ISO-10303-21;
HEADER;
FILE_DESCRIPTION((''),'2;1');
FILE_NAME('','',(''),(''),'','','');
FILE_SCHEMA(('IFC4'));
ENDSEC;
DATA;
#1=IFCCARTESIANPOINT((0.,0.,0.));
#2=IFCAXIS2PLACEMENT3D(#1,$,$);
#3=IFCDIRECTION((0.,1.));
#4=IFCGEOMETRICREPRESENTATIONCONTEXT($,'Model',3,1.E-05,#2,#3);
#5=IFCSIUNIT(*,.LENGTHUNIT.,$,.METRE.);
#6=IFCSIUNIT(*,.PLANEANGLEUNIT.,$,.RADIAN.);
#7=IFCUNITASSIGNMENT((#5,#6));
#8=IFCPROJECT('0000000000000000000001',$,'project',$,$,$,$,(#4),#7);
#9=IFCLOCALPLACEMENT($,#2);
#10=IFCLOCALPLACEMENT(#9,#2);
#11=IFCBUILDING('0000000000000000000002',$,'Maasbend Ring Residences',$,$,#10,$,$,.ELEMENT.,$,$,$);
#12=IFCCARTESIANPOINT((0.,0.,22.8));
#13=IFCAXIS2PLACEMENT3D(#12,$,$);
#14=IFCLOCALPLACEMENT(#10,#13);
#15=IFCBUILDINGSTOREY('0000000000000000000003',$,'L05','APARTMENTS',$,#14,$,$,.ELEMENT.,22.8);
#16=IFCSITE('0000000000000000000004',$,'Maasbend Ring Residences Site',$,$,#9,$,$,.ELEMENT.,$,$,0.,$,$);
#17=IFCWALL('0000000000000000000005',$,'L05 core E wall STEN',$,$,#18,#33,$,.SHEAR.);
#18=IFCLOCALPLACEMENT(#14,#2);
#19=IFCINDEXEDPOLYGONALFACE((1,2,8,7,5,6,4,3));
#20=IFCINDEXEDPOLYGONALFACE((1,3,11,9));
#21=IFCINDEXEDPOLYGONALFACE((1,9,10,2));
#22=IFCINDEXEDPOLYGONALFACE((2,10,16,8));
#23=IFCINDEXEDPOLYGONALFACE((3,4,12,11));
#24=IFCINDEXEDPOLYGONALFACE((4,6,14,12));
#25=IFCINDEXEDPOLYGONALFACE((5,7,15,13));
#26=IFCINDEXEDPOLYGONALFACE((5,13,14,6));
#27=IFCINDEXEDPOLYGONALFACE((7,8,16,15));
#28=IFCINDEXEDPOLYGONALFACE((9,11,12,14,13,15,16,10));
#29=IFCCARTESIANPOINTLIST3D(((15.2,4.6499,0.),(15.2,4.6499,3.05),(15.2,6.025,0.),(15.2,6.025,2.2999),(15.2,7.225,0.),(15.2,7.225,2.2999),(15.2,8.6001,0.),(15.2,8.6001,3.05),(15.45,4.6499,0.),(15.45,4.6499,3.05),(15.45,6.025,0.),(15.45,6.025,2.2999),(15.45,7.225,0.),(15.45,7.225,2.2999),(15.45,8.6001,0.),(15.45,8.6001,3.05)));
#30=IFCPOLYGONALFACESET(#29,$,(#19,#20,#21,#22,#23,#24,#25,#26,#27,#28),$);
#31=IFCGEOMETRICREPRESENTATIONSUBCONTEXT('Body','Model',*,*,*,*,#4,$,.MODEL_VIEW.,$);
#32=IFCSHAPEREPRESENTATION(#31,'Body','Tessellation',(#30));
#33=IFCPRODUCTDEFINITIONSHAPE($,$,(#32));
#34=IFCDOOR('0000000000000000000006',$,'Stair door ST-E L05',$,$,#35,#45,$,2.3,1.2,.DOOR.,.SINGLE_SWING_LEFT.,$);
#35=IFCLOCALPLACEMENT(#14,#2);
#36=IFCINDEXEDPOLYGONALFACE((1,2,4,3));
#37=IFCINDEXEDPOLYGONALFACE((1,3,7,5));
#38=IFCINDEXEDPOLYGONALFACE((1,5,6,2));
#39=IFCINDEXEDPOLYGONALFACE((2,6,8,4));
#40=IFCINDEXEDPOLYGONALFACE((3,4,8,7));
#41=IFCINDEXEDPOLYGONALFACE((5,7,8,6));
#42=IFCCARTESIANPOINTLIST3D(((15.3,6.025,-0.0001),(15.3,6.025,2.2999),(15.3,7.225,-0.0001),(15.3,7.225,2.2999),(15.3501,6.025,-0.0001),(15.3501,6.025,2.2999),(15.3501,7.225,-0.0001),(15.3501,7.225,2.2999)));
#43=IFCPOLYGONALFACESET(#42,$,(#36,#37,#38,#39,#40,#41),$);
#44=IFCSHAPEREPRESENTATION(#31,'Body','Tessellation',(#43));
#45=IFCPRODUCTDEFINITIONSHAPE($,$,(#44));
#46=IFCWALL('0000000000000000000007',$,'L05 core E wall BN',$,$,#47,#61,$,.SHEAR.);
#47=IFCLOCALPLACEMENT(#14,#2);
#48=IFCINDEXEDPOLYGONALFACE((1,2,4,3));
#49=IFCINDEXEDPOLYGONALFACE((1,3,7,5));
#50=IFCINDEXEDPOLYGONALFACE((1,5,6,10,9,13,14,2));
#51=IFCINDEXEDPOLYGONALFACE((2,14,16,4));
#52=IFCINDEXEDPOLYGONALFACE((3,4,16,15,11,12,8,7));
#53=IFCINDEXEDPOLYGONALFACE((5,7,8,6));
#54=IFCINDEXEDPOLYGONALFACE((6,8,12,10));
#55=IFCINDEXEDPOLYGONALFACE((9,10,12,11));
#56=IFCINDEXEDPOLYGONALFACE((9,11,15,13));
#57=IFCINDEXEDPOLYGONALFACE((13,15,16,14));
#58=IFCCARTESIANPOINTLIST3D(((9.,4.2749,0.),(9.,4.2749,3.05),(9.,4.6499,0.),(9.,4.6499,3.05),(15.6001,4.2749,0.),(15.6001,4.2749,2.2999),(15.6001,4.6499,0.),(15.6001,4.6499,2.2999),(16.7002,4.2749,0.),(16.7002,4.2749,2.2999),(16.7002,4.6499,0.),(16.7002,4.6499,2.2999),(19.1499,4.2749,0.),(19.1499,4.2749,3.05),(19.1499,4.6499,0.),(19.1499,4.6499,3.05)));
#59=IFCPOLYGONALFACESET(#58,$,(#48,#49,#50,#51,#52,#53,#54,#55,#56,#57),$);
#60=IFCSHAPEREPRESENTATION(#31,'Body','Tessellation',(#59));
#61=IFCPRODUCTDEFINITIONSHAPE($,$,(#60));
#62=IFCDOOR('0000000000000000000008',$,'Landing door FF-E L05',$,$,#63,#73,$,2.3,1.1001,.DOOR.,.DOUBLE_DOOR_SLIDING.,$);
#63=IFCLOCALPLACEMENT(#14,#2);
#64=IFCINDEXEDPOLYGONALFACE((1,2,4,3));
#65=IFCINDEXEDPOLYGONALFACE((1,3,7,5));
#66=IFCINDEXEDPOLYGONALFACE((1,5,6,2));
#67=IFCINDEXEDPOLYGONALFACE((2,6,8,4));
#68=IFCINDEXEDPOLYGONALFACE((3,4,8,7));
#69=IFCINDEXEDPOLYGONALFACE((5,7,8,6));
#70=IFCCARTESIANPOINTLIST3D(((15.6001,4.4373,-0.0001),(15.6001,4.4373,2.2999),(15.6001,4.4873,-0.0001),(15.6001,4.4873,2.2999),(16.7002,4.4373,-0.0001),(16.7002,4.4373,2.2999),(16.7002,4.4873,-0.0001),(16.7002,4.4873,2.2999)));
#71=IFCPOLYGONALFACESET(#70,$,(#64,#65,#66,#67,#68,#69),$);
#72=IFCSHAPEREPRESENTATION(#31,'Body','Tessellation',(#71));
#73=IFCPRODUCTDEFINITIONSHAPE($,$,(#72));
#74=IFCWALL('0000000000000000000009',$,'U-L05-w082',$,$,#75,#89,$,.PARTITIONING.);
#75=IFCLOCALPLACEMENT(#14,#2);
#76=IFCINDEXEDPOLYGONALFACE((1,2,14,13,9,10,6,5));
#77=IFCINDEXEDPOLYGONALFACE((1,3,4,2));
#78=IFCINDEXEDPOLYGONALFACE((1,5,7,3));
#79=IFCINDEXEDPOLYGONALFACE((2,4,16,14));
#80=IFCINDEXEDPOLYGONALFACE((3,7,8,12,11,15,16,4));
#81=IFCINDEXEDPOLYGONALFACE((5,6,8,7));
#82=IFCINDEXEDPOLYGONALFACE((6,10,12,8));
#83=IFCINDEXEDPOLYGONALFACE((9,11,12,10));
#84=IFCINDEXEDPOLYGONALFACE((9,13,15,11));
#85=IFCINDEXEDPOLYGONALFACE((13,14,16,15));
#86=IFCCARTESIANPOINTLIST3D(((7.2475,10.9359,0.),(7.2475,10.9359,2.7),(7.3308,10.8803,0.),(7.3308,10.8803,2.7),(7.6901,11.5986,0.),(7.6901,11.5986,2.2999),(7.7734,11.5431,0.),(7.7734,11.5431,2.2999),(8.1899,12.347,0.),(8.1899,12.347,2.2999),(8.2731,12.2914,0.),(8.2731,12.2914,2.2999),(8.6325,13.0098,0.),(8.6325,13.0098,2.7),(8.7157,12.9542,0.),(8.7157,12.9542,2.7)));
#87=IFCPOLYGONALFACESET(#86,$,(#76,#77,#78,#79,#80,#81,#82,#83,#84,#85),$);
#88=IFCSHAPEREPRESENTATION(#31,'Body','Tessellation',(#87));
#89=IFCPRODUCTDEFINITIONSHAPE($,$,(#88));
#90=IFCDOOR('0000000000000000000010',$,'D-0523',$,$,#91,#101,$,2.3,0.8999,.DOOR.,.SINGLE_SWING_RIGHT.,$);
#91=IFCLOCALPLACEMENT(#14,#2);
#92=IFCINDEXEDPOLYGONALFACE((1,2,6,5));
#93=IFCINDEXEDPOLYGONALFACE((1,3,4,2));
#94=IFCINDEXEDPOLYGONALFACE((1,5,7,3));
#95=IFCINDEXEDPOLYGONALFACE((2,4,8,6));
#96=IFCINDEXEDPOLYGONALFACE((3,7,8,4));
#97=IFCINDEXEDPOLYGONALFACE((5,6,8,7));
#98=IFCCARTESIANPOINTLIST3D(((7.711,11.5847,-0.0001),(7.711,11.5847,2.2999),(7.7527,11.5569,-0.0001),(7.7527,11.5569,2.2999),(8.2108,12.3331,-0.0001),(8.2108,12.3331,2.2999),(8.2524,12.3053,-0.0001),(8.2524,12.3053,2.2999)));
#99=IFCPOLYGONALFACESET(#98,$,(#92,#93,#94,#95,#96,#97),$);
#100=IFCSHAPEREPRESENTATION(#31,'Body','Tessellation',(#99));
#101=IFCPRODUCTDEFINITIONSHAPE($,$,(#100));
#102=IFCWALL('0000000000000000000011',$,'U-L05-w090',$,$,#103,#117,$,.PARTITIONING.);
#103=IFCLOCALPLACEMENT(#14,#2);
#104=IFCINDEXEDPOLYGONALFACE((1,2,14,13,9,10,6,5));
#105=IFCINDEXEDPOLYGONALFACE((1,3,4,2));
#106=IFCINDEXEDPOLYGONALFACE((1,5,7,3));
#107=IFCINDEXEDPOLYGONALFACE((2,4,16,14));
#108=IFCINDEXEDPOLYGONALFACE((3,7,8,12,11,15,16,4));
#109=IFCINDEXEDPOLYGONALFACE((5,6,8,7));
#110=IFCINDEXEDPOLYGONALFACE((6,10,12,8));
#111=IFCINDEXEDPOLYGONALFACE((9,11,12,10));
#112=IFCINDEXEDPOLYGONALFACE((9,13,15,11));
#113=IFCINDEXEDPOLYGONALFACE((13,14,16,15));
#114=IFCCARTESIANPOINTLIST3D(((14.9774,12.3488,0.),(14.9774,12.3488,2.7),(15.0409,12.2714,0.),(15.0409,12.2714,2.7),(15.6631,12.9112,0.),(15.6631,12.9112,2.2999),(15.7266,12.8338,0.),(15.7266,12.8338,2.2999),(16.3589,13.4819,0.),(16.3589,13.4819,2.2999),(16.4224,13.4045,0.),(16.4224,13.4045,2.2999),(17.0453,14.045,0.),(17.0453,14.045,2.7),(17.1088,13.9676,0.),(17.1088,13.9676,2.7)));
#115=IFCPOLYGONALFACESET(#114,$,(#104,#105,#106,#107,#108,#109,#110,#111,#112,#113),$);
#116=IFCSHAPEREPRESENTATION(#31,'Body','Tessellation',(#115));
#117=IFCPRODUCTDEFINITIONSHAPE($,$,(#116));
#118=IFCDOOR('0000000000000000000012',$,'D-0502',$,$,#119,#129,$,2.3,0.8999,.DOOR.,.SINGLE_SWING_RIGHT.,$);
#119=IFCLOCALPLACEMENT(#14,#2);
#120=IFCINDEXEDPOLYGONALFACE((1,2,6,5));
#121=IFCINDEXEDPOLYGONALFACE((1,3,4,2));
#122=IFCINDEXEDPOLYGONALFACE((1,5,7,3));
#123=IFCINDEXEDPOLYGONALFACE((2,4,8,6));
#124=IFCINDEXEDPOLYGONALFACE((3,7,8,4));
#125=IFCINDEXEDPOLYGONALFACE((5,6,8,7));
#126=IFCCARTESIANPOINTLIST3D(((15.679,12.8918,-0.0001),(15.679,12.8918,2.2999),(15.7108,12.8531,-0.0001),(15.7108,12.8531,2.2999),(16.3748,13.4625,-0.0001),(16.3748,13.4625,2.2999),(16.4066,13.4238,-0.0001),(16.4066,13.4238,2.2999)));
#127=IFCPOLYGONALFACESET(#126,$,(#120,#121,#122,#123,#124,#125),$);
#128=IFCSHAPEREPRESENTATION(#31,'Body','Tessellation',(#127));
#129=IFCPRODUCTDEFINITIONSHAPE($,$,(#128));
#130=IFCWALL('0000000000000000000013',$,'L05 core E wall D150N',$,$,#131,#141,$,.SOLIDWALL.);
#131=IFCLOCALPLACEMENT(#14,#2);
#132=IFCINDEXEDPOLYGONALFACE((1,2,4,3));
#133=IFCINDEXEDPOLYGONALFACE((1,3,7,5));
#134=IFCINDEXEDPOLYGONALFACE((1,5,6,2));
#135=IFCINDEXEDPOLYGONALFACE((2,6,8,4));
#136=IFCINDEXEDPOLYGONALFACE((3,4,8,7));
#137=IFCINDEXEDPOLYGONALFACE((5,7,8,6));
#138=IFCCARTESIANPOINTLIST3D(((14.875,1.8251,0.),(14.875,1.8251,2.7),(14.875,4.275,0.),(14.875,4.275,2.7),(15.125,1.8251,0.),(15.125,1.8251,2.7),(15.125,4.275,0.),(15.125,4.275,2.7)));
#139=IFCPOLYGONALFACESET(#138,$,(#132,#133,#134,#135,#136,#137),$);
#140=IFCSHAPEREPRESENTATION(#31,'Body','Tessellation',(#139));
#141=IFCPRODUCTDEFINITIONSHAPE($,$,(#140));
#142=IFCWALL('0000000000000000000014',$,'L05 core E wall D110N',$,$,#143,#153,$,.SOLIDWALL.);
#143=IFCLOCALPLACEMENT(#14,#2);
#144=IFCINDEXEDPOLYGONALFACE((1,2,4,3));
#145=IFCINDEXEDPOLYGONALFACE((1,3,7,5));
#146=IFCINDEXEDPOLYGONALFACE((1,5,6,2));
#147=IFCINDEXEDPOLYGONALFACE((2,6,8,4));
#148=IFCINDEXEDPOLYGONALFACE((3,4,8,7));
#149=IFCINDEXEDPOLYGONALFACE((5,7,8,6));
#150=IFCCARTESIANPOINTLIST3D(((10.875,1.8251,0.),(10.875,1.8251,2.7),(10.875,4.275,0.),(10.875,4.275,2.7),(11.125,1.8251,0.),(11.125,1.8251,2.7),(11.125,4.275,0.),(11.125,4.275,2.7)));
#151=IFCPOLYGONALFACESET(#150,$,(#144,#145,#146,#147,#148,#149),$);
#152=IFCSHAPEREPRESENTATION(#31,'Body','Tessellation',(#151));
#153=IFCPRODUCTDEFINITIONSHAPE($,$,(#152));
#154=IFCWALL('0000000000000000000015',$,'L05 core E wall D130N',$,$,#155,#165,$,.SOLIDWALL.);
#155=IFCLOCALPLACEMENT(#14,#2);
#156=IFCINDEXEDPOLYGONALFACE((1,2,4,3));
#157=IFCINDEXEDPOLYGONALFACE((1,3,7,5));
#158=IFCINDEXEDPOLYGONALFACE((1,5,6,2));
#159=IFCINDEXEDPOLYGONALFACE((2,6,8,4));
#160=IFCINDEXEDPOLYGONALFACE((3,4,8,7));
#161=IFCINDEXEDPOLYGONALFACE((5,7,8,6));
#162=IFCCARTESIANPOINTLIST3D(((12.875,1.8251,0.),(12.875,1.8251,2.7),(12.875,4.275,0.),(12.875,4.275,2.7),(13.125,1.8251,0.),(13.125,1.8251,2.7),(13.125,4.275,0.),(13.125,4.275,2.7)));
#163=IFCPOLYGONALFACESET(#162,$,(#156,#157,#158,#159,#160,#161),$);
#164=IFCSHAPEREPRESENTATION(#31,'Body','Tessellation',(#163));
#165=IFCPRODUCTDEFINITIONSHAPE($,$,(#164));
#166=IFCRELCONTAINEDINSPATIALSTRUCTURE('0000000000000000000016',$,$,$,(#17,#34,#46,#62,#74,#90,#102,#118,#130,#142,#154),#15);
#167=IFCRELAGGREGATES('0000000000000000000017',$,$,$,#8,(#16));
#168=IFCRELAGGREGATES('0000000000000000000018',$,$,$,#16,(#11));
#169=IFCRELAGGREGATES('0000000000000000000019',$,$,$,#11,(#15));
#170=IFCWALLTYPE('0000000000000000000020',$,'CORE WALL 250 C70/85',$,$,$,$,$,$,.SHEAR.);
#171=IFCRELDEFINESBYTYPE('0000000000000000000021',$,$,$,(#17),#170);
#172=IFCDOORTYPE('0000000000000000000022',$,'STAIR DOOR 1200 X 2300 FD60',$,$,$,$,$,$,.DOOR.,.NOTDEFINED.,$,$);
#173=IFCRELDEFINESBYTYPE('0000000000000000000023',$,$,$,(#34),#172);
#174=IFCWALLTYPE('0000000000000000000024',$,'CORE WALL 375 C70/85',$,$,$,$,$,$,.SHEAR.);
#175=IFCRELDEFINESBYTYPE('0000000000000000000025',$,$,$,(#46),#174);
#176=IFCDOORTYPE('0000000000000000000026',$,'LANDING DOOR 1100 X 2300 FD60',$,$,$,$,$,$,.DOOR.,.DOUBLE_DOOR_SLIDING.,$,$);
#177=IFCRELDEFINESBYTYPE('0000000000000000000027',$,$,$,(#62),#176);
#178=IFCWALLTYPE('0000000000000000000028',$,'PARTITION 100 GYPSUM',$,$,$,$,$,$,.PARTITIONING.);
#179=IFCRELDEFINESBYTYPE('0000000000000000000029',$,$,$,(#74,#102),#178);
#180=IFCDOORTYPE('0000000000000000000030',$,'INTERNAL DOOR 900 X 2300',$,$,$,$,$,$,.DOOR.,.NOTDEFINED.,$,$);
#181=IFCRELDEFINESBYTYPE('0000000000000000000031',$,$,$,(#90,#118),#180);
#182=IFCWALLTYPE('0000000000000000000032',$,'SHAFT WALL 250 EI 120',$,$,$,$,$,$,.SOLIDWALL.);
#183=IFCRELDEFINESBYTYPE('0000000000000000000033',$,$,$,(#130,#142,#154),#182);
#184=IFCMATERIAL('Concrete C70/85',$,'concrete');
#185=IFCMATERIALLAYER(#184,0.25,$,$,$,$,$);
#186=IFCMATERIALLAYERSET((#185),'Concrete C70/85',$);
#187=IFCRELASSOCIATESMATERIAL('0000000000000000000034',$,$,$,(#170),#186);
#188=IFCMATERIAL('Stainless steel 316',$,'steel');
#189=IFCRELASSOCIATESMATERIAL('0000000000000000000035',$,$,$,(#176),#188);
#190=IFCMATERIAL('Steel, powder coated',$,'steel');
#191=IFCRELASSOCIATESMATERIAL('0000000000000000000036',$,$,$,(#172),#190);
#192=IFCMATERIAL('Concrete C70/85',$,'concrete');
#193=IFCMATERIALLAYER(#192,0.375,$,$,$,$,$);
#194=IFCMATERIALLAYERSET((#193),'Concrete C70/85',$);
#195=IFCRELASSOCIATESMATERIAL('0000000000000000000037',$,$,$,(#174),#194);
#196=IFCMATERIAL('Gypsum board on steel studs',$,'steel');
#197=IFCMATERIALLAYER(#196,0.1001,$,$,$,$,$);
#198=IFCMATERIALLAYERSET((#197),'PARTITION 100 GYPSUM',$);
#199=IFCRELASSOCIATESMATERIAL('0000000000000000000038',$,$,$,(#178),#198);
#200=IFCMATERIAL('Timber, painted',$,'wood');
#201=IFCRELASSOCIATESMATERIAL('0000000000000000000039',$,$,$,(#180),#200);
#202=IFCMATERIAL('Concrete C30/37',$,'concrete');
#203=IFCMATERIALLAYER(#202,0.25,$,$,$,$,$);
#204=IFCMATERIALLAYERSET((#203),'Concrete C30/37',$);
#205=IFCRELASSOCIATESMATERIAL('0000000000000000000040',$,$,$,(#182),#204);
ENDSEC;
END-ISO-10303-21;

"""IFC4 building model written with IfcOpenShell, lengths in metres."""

from ifc_helpers import new_model, si_unit, direction, frame, frame_2d, origin, place, context, subcontext, project, spatial, rectangle, extrude, material, layer, layer_set, type_object, element, fill, save


model = new_model("IFC4")

# Units and contexts
model_context = context("Model", 3, precision=1e-05, world=origin(), true_north=direction((0.0, 1.0)))
body_context = subcontext(model_context, "Body", "Model", "MODEL_VIEW")
ifc_project = project(units=[si_unit("LENGTHUNIT", "METRE"), si_unit("PLANEANGLEUNIT", "RADIAN")], contexts=[model_context])

# Site, building, storey
site_placement = place(None, origin())
site = spatial("IfcSite", under=ifc_project, at=site_placement, Name="Maasbend Ring Residences Site", CompositionType="ELEMENT", RefElevation=0.0)
building_placement = place(site_placement, origin())
building = spatial("IfcBuilding", under=site, at=building_placement, Name="Maasbend Ring Residences", CompositionType="ELEMENT")
storey_placement = place(building_placement, frame((0.0, 0.0, 22.8)))
storey = spatial("IfcBuildingStorey", under=building, at=storey_placement, Name="L05", Description="APARTMENTS", CompositionType="ELEMENT", Elevation=22.8)

# Shared definitions
ifc_material_1 = material(Name="Concrete C70/85", Category="concrete")
ifc_layer_1 = layer(ifc_material_1, 0.25)
ifc_layer_set_1 = layer_set([ifc_layer_1], Name="Concrete C70/85")
wall_type_1 = type_object("IfcWallType", Name="CORE WALL 250 C70/85", PredefinedType="SHEAR", material=ifc_layer_set_1)
ifc_material_2 = material(Name="Stainless steel 316", Category="steel")
door_type_1 = type_object("IfcDoorType", Name="LANDING DOOR 1100 X 2300 FD60", OperationType="DOUBLE_DOOR_SLIDING", PredefinedType="DOOR", material=ifc_material_2)

# Walls, openings, doors
wall_1_placement = place(storey_placement, frame((15.325, 4.6499, 0.0), z_axis=(0.0, 0.0, 1.0), x_axis=(0.0, 1.0, 0.0)))
wall_1 = element("IfcWall", 1, at=wall_1_placement, inside=storey, type_object=wall_type_1, Name="L05 core E wall STEN", PredefinedType="SHEAR", context=body_context, shape_type="SweptSolid", body=[
    extrude(rectangle(XDim=3.9502, YDim=0.25, at=frame_2d((1.9751, 0.0))), origin(), (0.0, 0.0, 1.0), 3.05),
])
opening_1_placement = place(wall_1_placement, frame((1.375, 0.0, 0.0)))
opening_1 = element("IfcOpeningElement", 2, at=opening_1_placement, cuts=wall_1, PredefinedType="OPENING", context=body_context, shape_type="SweptSolid", body=[
    extrude(rectangle(XDim=1.2, YDim=2.3, at=frame_2d((0.6001, 1.1499))), frame((0.0, 0.135, 0.0), z_axis=(0.0, -1.0, 0.0), x_axis=(1.0, 0.0, 0.0)), (0.0, 0.0, 1.0), 0.27),
])
ifc_material_3 = material(Name="Steel, powder coated", Category="steel")
door_type_2 = type_object("IfcDoorType", Name="STAIR DOOR 1200 X 2300 FD60", OperationType="NOTDEFINED", PredefinedType="DOOR", material=ifc_material_3)
door_1_placement = place(opening_1_placement, origin())
door_1 = element("IfcDoor", 3, at=door_1_placement, inside=storey, type_object=door_type_2, Name="Stair door ST-E L05", OperationType="SINGLE_SWING_LEFT", OverallHeight=2.3, OverallWidth=1.2, PredefinedType="DOOR", context=body_context, shape_type="SweptSolid", body=[
    extrude(rectangle(XDim=1.2, YDim=2.3, at=frame_2d((0.6001, 1.1499))), frame((0.0, 0.0249, 0.0), z_axis=(0.0, -1.0, 0.0), x_axis=(1.0, 0.0, 0.0)), (0.0, 0.0, 1.0), 0.05),
])
fill(opening_1, door_1)
ifc_material_4 = material(Name="Concrete C70/85", Category="concrete")
ifc_layer_2 = layer(ifc_material_4, 0.375)
ifc_layer_set_2 = layer_set([ifc_layer_2], Name="Concrete C70/85")
wall_type_2 = type_object("IfcWallType", Name="CORE WALL 375 C70/85", PredefinedType="SHEAR", material=ifc_layer_set_2)
wall_2_placement = place(storey_placement, frame((9.0, 4.4624, 0.0), z_axis=(0.0, 0.0, 1.0), x_axis=(1.0, 0.0, 0.0)))
wall_2 = element("IfcWall", 4, at=wall_2_placement, inside=storey, type_object=wall_type_2, Name="L05 core E wall BN", PredefinedType="SHEAR", context=body_context, shape_type="SweptSolid", body=[
    extrude(rectangle(XDim=10.1499, YDim=0.375, at=frame_2d((5.075, 0.0))), origin(), (0.0, 0.0, 1.0), 3.05),
])
opening_2_placement = place(wall_2_placement, frame((6.6001, 0.0, 0.0)))
opening_2 = element("IfcOpeningElement", 5, at=opening_2_placement, cuts=wall_2, PredefinedType="OPENING", context=body_context, shape_type="SweptSolid", body=[
    extrude(rectangle(XDim=1.1001, YDim=2.3, at=frame_2d((0.55, 1.1499))), frame((0.0, 0.1975, 0.0), z_axis=(0.0, -1.0, 0.0), x_axis=(1.0, 0.0, 0.0)), (0.0, 0.0, 1.0), 0.395),
])
door_2_placement = place(opening_2_placement, origin())
door_2 = element("IfcDoor", 6, at=door_2_placement, inside=storey, type_object=door_type_1, Name="Landing door FF-E L05", OperationType="DOUBLE_DOOR_SLIDING", OverallHeight=2.3, OverallWidth=1.1001, PredefinedType="DOOR", context=body_context, shape_type="SweptSolid", body=[
    extrude(rectangle(XDim=1.1001, YDim=2.3, at=frame_2d((0.55, 1.1499))), frame((0.0, 0.0249, 0.0), z_axis=(0.0, -1.0, 0.0), x_axis=(1.0, 0.0, 0.0)), (0.0, 0.0, 1.0), 0.05),
])
fill(opening_2, door_2)
ifc_material_5 = material(Name="Gypsum board on steel studs", Category="steel")
ifc_layer_3 = layer(ifc_material_5, 0.1001)
ifc_layer_set_3 = layer_set([ifc_layer_3], Name="PARTITION 100 GYPSUM")
wall_type_3 = type_object("IfcWallType", Name="PARTITION 100 GYPSUM", PredefinedType="PARTITIONING", material=ifc_layer_set_3)
wall_3_placement = place(storey_placement, frame((7.2891, 10.908, 0.0), z_axis=(0.0, 0.0, 1.0), x_axis=(0.555355, 0.831613, 0.0)))
wall_3 = element("IfcWall", 7, at=wall_3_placement, inside=storey, type_object=wall_type_3, Name="U-L05-w082", PredefinedType="PARTITIONING", context=body_context, shape_type="SweptSolid", body=[
    extrude(rectangle(XDim=2.4939, YDim=0.1001, at=frame_2d((1.2471, 0.0))), origin(), (0.0, 0.0, 1.0), 2.7),
])
opening_3_placement = place(wall_3_placement, frame((0.7971, 0.0, 0.0)))
opening_3 = element("IfcOpeningElement", 8, at=opening_3_placement, cuts=wall_3, PredefinedType="OPENING", context=body_context, shape_type="SweptSolid", body=[
    extrude(rectangle(XDim=0.8999, YDim=2.3, at=frame_2d((0.45, 1.1499))), frame((0.0, 0.0601, 0.0), z_axis=(0.0, -1.0, 0.0), x_axis=(1.0, 0.0, 0.0)), (0.0, 0.0, 1.0), 0.1201),
])
ifc_material_6 = material(Name="Timber, painted", Category="wood")
door_type_3 = type_object("IfcDoorType", Name="INTERNAL DOOR 900 X 2300", OperationType="NOTDEFINED", PredefinedType="DOOR", material=ifc_material_6)
door_3_placement = place(opening_3_placement, origin())
door_3 = element("IfcDoor", 9, at=door_3_placement, inside=storey, type_object=door_type_3, Name="D-0523", OperationType="SINGLE_SWING_RIGHT", OverallHeight=2.3, OverallWidth=0.8999, PredefinedType="DOOR", context=body_context, shape_type="SweptSolid", body=[
    extrude(rectangle(XDim=0.8999, YDim=2.3, at=frame_2d((0.45, 1.1499))), frame((0.0, 0.0249, 0.0), z_axis=(0.0, -1.0, 0.0), x_axis=(1.0, 0.0, 0.0)), (0.0, 0.0, 1.0), 0.05),
])
fill(opening_3, door_3)
wall_4_placement = place(storey_placement, frame((15.009, 12.3101, 0.0), z_axis=(0.0, 0.0, 1.0), x_axis=(0.773196, 0.634167, 0.0)))
wall_4 = element("IfcWall", 10, at=wall_4_placement, inside=storey, type_object=wall_type_3, Name="U-L05-w090", PredefinedType="PARTITIONING", context=body_context, shape_type="SweptSolid", body=[
    extrude(rectangle(XDim=2.6746, YDim=0.1001, at=frame_2d((1.3374, 0.0))), origin(), (0.0, 0.0, 1.0), 2.7),
])
opening_4_placement = place(wall_4_placement, frame((0.887, 0.0, 0.0)))
opening_4 = element("IfcOpeningElement", 11, at=opening_4_placement, cuts=wall_4, PredefinedType="OPENING", context=body_context, shape_type="SweptSolid", body=[
    extrude(rectangle(XDim=0.8999, YDim=2.3, at=frame_2d((0.45, 1.1499))), frame((0.0, 0.0601, 0.0), z_axis=(0.0, -1.0, 0.0), x_axis=(1.0, 0.0, 0.0)), (0.0, 0.0, 1.0), 0.1201),
])
door_4_placement = place(opening_4_placement, origin())
door_4 = element("IfcDoor", 12, at=door_4_placement, inside=storey, type_object=door_type_3, Name="D-0502", OperationType="SINGLE_SWING_RIGHT", OverallHeight=2.3, OverallWidth=0.8999, PredefinedType="DOOR", context=body_context, shape_type="SweptSolid", body=[
    extrude(rectangle(XDim=0.8999, YDim=2.3, at=frame_2d((0.45, 1.1499))), frame((0.0, 0.0249, 0.0), z_axis=(0.0, -1.0, 0.0), x_axis=(1.0, 0.0, 0.0)), (0.0, 0.0, 1.0), 0.05),
])
fill(opening_4, door_4)

# Walls
ifc_material_7 = material(Name="Concrete C30/37", Category="concrete")
ifc_layer_4 = layer(ifc_material_7, 0.25)
ifc_layer_set_4 = layer_set([ifc_layer_4], Name="Concrete C30/37")
wall_type_4 = type_object("IfcWallType", Name="SHAFT WALL 250 EI 120", PredefinedType="SOLIDWALL", material=ifc_layer_set_4)
for number, where, z_axis, x_axis, name in (
    (13, (15.0, 1.825, 0.0), (0.0, 0.0, 1.0), (0.0, 1.0, 0.0), "L05 core E wall D150N"),
    (14, (11.0, 1.825, 0.0), (0.0, 0.0, 1.0), (0.0, 1.0, 0.0), "L05 core E wall D110N"),
    (15, (13.0, 1.825, 0.0), (0.0, 0.0, 1.0), (0.0, 1.0, 0.0), "L05 core E wall D130N"),
):
    element("IfcWall", number, at=place(storey_placement, frame(where, z_axis=z_axis, x_axis=x_axis)), inside=storey, type_object=wall_type_4, Name=name, PredefinedType="SOLIDWALL", context=body_context, shape_type="SweptSolid", body=[
        extrude(rectangle(XDim=2.45, YDim=0.25, at=frame_2d((1.2251, 0.0))), origin(), (0.0, 0.0, 1.0), 2.7),
    ])

save(model, "model.ifc")
